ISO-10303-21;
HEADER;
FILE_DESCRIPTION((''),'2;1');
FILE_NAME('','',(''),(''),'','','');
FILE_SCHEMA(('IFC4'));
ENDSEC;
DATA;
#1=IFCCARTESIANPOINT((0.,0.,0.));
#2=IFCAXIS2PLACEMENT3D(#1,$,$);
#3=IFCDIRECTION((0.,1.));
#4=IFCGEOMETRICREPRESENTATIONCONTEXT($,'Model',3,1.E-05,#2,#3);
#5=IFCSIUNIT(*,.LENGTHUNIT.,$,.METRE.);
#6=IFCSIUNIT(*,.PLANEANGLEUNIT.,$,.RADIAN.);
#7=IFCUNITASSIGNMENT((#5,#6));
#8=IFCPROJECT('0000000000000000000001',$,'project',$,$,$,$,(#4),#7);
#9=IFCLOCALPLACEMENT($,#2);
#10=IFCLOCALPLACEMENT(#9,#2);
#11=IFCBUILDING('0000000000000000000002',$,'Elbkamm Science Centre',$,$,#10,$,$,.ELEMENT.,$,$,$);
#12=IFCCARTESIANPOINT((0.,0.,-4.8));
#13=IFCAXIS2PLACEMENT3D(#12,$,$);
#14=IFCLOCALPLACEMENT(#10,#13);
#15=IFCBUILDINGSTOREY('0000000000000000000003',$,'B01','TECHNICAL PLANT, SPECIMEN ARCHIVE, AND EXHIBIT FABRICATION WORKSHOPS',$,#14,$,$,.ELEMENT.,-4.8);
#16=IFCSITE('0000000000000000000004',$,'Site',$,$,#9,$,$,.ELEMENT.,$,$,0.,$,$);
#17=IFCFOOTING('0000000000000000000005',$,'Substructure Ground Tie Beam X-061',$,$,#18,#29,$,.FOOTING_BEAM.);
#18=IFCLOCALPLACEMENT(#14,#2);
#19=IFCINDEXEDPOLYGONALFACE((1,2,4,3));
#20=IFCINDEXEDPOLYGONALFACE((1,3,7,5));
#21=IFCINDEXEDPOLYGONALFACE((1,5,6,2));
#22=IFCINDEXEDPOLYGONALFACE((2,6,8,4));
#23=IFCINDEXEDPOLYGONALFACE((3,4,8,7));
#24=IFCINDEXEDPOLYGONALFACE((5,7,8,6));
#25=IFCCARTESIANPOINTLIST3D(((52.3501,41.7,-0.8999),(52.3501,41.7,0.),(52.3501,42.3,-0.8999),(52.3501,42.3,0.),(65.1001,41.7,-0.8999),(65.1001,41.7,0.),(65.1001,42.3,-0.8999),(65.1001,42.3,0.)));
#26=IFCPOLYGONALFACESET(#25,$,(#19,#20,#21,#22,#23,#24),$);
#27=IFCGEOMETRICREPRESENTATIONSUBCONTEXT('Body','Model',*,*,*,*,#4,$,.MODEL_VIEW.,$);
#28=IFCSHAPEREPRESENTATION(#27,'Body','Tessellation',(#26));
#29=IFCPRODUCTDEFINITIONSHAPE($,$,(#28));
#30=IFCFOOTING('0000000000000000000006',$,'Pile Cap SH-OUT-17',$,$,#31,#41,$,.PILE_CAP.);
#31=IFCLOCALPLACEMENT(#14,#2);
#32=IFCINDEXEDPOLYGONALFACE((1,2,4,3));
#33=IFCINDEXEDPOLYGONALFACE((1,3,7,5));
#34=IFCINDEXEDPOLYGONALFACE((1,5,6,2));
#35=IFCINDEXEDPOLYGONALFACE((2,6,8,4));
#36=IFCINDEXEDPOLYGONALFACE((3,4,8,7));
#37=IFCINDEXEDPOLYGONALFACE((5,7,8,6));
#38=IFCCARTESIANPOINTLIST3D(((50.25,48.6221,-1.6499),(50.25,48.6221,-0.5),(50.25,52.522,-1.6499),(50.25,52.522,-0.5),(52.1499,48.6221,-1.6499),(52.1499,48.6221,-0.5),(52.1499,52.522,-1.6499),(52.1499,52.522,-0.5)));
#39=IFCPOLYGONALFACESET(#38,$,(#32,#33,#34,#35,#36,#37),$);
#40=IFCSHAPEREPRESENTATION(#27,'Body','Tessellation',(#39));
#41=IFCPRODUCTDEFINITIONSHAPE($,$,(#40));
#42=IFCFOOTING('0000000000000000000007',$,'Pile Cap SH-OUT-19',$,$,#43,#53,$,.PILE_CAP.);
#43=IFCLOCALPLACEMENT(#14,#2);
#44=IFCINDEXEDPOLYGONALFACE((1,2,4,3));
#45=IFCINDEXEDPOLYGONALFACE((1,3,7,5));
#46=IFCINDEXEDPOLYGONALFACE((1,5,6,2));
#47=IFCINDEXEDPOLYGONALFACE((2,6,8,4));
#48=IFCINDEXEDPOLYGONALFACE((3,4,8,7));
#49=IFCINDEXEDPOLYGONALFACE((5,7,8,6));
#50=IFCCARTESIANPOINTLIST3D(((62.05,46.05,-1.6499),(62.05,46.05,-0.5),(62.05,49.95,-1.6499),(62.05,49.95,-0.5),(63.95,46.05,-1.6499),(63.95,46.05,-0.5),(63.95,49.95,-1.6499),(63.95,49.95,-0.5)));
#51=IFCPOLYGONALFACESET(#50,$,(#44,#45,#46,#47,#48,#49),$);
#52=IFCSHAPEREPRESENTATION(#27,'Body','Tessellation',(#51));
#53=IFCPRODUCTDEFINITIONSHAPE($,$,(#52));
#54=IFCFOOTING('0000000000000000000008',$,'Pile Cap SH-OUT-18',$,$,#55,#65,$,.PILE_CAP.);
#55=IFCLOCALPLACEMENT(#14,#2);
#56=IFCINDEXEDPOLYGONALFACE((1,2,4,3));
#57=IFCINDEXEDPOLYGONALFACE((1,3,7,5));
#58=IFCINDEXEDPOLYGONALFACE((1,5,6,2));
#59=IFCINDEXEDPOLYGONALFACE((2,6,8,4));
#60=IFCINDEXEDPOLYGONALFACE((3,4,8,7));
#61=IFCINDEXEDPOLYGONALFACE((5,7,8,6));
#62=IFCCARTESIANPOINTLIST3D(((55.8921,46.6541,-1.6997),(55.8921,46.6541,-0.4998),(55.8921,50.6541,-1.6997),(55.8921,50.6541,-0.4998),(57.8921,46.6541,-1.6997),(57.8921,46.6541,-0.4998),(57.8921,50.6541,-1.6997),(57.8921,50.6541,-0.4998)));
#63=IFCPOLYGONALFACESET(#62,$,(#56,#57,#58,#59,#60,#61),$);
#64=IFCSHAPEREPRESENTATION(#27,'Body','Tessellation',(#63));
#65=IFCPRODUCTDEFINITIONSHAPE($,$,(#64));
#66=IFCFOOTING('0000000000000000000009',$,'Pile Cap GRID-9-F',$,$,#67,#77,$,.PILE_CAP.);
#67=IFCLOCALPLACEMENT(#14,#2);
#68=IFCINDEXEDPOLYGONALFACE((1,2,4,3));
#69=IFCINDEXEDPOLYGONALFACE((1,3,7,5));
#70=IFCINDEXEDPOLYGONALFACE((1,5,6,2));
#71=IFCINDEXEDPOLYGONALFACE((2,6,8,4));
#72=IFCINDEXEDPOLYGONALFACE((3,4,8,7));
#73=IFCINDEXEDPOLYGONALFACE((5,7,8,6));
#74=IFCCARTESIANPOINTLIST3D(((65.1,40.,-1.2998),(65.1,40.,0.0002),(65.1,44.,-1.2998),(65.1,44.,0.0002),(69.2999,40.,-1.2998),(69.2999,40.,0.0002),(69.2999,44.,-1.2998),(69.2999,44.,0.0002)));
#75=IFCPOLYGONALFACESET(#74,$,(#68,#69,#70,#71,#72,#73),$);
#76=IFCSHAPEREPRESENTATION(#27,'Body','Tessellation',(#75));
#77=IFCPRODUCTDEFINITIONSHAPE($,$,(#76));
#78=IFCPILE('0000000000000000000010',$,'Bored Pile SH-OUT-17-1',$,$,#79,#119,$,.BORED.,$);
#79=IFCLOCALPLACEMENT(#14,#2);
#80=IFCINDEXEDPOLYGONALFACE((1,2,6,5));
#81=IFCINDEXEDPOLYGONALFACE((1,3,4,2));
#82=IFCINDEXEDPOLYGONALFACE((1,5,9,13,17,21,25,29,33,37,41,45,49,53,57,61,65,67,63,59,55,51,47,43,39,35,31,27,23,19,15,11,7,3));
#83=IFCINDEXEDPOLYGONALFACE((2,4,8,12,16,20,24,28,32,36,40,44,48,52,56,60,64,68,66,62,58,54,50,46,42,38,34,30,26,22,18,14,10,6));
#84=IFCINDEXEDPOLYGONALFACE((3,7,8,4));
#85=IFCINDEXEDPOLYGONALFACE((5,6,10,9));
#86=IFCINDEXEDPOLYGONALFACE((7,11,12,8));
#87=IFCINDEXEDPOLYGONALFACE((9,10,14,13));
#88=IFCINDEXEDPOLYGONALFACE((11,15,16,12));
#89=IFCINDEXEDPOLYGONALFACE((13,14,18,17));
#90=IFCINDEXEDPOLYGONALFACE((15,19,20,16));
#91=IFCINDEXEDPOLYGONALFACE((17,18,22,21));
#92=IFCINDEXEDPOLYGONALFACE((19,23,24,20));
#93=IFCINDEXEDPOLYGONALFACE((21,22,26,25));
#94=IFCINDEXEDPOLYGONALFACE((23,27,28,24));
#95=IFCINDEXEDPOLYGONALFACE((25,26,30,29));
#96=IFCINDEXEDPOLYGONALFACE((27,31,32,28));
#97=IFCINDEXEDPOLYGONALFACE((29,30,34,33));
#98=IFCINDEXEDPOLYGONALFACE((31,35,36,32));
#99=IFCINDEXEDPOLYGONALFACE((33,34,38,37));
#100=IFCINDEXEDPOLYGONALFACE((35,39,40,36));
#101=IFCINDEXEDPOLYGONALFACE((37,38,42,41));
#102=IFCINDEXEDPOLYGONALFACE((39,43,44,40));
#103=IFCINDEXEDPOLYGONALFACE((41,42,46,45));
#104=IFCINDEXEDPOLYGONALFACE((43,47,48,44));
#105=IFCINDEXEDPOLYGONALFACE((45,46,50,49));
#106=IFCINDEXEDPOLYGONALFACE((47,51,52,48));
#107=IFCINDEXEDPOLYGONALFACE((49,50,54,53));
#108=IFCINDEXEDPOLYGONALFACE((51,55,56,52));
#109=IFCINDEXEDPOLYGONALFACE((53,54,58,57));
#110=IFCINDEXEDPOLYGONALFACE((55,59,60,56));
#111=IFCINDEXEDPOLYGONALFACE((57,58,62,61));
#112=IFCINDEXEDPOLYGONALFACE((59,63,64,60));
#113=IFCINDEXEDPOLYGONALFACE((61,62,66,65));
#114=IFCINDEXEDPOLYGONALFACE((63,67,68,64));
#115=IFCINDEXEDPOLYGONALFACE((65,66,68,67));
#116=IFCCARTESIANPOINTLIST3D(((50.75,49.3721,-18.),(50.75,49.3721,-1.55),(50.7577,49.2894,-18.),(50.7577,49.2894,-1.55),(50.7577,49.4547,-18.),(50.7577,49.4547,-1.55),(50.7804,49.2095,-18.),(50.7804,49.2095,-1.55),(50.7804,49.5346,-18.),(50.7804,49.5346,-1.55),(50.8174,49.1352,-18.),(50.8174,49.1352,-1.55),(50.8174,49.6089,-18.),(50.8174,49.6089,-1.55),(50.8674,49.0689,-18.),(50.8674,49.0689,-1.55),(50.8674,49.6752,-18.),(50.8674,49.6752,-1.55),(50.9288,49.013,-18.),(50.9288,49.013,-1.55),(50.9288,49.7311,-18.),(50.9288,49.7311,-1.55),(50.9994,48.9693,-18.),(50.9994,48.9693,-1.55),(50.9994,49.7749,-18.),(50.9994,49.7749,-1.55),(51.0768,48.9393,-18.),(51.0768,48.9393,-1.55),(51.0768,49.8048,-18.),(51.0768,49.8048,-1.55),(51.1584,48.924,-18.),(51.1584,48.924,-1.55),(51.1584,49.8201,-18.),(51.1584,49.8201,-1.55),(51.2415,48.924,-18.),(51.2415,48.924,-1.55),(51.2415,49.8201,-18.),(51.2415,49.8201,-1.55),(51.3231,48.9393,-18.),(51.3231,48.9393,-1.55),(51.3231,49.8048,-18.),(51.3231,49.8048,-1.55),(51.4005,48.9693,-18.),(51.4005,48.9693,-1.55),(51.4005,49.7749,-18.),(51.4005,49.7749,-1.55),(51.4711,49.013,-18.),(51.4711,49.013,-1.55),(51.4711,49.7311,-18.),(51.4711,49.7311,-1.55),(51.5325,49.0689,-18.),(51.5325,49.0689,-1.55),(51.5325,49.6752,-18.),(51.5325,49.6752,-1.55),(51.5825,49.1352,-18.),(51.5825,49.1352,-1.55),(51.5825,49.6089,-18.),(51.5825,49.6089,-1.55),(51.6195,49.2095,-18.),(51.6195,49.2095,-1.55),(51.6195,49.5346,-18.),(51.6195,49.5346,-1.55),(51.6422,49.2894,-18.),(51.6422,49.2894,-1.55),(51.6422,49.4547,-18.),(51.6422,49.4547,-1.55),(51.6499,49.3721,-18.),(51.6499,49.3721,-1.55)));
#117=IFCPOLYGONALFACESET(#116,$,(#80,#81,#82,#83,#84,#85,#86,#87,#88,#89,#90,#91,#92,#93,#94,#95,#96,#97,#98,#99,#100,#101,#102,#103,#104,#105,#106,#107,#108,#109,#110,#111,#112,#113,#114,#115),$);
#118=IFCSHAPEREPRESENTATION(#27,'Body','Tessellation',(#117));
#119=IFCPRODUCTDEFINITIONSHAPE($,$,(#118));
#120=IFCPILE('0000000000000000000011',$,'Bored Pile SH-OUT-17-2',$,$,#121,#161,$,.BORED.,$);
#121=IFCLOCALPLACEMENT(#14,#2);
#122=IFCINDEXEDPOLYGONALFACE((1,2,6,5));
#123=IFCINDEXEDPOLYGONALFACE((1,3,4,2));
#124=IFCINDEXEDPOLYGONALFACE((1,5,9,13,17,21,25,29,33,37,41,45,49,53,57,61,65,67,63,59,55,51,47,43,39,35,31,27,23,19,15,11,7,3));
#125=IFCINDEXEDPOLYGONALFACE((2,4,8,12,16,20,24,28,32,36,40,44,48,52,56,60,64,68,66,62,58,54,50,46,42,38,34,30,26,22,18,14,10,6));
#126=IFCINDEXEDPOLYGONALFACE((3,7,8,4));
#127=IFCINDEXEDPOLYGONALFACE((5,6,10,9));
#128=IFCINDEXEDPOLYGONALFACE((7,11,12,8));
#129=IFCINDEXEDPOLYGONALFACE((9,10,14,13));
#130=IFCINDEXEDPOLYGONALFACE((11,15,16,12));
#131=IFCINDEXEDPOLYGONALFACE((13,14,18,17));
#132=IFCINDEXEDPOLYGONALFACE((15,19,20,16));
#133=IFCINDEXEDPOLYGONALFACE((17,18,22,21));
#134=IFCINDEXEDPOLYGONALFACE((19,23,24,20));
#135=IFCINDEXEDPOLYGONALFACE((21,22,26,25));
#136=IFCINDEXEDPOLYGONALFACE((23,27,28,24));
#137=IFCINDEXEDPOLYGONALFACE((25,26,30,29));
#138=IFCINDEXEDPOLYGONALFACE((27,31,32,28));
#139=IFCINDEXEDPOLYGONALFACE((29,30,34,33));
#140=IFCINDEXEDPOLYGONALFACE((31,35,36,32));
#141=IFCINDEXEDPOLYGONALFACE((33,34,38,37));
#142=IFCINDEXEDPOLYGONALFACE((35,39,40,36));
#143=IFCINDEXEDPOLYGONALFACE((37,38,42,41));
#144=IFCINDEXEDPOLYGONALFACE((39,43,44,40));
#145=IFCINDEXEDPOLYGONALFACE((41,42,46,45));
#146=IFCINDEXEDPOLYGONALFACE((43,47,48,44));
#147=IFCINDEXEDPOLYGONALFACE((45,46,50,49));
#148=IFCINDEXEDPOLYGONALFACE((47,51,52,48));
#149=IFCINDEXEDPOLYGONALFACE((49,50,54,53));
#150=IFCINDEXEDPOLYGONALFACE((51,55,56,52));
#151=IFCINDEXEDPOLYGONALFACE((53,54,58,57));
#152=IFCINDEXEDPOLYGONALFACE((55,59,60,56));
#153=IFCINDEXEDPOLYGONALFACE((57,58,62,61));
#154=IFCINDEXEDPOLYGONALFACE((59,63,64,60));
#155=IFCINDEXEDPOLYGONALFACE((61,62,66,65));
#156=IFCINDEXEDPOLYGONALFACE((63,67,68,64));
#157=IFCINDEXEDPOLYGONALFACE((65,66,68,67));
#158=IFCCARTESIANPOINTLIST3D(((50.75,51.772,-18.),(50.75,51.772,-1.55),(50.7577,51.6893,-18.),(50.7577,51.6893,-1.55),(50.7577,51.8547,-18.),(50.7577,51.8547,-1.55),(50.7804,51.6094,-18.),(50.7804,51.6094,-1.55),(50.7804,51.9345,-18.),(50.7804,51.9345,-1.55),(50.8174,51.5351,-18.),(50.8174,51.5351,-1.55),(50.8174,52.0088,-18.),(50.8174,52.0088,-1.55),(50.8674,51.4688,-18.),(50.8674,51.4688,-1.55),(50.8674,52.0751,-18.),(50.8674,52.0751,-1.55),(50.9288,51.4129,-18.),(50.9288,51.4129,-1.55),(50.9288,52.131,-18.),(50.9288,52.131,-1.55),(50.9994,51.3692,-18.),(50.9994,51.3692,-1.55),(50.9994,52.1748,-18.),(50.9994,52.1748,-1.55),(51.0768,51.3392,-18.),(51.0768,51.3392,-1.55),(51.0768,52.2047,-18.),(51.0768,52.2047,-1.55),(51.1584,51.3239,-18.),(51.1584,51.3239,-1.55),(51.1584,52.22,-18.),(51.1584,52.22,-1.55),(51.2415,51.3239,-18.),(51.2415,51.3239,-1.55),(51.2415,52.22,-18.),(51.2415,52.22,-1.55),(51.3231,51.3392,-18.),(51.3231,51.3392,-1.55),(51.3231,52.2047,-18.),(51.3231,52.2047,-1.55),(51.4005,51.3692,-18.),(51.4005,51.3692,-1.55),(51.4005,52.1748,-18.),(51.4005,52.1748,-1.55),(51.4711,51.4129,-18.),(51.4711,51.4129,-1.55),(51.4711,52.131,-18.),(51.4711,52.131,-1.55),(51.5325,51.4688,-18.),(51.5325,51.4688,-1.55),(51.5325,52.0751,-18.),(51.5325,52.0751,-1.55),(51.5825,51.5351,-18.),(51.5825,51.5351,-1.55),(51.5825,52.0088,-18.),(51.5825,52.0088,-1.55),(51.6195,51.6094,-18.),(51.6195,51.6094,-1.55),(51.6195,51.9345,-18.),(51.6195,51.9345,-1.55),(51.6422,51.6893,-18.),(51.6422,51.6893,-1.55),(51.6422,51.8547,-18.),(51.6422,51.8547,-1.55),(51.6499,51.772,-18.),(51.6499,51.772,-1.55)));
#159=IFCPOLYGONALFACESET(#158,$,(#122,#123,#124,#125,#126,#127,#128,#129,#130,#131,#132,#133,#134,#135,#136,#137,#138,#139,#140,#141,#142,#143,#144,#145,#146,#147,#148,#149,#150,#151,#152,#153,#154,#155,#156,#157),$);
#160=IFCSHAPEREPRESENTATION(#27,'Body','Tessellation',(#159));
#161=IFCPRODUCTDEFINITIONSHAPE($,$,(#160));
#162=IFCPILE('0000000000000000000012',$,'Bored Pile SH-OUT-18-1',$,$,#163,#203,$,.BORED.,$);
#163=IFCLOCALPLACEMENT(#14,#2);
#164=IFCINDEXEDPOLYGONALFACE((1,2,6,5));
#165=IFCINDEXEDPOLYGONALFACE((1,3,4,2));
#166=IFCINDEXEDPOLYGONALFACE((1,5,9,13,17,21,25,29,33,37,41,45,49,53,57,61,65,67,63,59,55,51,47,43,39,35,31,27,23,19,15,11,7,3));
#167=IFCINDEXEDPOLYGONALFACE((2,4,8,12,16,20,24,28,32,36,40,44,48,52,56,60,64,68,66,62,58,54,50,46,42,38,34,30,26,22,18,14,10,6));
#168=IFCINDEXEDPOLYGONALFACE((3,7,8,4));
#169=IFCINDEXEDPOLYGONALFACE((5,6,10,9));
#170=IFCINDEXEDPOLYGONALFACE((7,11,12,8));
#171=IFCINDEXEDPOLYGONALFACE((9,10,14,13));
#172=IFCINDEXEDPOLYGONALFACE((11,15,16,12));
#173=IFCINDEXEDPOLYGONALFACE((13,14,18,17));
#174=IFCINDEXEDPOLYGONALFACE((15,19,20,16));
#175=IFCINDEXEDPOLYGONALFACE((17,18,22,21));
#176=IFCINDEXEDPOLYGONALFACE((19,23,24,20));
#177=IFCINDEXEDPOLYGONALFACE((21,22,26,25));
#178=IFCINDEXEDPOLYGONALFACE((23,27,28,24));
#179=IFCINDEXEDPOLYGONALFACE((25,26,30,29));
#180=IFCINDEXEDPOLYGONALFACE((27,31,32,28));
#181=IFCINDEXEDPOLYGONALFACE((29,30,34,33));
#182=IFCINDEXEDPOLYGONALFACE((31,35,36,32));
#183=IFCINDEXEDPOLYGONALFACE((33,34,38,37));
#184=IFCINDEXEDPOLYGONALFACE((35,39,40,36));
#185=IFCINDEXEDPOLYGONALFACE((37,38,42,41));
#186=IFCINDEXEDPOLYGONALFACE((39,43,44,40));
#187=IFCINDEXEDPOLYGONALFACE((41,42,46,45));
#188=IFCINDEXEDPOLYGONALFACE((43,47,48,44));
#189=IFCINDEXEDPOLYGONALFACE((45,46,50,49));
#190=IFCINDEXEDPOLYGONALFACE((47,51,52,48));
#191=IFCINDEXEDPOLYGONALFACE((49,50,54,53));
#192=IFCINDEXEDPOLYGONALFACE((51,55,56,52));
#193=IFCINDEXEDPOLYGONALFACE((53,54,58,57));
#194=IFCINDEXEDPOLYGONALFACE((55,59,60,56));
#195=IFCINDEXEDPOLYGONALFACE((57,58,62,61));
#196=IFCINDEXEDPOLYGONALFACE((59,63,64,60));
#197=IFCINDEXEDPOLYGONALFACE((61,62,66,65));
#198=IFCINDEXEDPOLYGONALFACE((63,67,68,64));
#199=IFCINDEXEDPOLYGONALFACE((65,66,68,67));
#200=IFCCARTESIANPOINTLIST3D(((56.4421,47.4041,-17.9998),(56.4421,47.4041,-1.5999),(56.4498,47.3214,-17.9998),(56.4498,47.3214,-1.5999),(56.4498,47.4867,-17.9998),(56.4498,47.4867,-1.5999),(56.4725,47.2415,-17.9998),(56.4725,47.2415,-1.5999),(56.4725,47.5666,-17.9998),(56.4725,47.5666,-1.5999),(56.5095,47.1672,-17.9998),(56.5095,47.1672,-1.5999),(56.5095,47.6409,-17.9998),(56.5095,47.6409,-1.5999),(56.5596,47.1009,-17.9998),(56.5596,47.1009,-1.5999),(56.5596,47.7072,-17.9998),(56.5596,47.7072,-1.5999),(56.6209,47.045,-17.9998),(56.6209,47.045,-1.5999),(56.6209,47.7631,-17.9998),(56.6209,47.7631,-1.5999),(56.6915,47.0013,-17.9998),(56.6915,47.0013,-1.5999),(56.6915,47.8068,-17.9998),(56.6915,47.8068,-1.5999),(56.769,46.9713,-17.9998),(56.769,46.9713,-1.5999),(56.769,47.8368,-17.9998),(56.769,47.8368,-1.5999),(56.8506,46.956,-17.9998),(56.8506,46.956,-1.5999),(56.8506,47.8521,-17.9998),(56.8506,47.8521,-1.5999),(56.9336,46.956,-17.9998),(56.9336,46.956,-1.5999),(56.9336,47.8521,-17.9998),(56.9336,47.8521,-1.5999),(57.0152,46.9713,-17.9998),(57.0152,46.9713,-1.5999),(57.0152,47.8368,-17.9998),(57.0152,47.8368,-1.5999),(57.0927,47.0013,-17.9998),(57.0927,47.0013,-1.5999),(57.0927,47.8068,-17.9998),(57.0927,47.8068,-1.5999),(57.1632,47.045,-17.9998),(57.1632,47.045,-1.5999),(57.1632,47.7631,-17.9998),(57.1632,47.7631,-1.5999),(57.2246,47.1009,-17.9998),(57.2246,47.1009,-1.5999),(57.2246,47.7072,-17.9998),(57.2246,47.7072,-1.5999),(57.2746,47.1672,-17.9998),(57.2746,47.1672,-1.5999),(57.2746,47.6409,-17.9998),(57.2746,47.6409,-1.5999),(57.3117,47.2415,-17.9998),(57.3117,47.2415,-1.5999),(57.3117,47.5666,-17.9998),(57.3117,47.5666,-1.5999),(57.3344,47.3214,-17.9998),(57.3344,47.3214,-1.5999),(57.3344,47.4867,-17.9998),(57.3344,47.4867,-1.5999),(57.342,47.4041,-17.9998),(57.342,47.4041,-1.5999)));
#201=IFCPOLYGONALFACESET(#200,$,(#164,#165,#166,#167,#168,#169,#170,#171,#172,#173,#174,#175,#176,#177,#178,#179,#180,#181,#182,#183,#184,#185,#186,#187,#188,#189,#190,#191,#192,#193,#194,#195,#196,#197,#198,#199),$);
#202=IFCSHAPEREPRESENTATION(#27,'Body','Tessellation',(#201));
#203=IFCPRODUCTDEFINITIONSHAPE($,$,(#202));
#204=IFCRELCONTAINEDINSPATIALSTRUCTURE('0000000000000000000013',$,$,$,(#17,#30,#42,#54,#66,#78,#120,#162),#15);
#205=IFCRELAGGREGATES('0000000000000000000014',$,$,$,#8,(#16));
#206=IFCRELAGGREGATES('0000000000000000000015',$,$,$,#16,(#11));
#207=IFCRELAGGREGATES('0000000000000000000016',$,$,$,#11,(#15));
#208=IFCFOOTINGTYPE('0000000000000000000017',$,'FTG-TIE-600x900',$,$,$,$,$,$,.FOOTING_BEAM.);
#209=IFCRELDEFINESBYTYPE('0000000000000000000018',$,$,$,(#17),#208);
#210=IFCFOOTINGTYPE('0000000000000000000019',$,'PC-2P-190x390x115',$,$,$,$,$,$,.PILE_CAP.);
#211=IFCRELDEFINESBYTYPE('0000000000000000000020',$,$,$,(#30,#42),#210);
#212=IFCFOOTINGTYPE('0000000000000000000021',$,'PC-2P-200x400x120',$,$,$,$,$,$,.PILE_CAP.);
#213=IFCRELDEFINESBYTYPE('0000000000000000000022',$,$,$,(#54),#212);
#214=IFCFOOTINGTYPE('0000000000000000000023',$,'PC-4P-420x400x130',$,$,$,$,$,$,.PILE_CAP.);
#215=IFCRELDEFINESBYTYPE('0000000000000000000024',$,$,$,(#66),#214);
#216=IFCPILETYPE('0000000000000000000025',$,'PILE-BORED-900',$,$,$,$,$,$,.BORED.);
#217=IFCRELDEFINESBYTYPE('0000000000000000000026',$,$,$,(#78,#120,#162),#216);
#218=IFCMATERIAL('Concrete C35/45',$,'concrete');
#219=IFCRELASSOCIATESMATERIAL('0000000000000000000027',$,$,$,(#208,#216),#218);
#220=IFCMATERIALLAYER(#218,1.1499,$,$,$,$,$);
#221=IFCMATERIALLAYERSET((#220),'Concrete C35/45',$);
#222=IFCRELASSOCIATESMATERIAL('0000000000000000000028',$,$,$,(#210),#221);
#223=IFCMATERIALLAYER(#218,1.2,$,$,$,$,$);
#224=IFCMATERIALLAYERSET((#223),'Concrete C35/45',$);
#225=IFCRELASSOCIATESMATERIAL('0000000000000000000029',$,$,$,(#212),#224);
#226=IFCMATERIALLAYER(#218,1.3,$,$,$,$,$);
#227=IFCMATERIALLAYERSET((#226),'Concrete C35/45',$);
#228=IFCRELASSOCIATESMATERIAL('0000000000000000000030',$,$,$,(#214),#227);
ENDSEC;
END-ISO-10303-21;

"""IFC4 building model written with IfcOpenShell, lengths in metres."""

from ifc_helpers import new_model, si_unit, direction, frame, origin, origin_2d, place, context, subcontext, project, spatial, rectangle, circle, extrude, material, layer, layer_set, material_profile, profile_set, type_object, element, save


model = new_model("IFC4")

# Units and contexts
model_context = context("Model", 3, precision=1e-05, world=origin(), true_north=direction((0.0, 1.0)))
body_context = subcontext(model_context, "Body", "Model", "MODEL_VIEW")
ifc_project = project(units=[si_unit("LENGTHUNIT", "METRE"), si_unit("PLANEANGLEUNIT", "RADIAN")], contexts=[model_context])

# Site, building, storey
site_placement = place(None, origin())
site = spatial("IfcSite", under=ifc_project, at=site_placement, Name="Site", CompositionType="ELEMENT", RefElevation=0.0)
building_placement = place(site_placement, origin())
building = spatial("IfcBuilding", under=site, at=building_placement, Name="Elbkamm Science Centre", CompositionType="ELEMENT")
storey_placement = place(building_placement, frame((0.0, 0.0, -4.8)))
storey = spatial("IfcBuildingStorey", under=building, at=storey_placement, Name="B01", Description="TECHNICAL PLANT, SPECIMEN ARCHIVE, AND EXHIBIT FABRICATION WORKSHOPS", CompositionType="ELEMENT", Elevation=-4.8)

# Footings
ifc_material_1 = material(Name="Concrete C35/45", Category="concrete")
footing_type_1 = type_object("IfcFootingType", Name="FTG-TIE-600x900", PredefinedType="FOOTING_BEAM", material=ifc_material_1)
footing_1_placement = place(storey_placement, frame((58.7251, 42.0, -0.8999), z_axis=(0.0, 0.0, 1.0), x_axis=(1.0, 0.0, 0.0)))
element("IfcFooting", 1, at=footing_1_placement, inside=storey, type_object=footing_type_1, Name="Substructure Ground Tie Beam X-061", PredefinedType="FOOTING_BEAM", context=body_context, shape_type="SweptSolid", body=[
    extrude(rectangle(XDim=12.75, YDim=0.6001, at=origin_2d()), origin(), (0.0, 0.0, 1.0), 0.8999),
])
ifc_layer_1 = layer(ifc_material_1, 1.1499)
ifc_layer_set_1 = layer_set([ifc_layer_1], Name="Concrete C35/45")
footing_type_2 = type_object("IfcFootingType", Name="PC-2P-190x390x115", PredefinedType="PILE_CAP", material=ifc_layer_set_1)
for number, where, z_axis, x_axis, name in (
    (2, (51.2, 50.572, -1.6499), (0.0, 0.0, 1.0), (1.0, 0.0, 0.0), "Pile Cap SH-OUT-17"),
    (3, (63.0, 48.0, -1.6499), (0.0, 0.0, 1.0), (1.0, 0.0, 0.0), "Pile Cap SH-OUT-19"),
):
    element("IfcFooting", number, at=place(storey_placement, frame(where, z_axis=z_axis, x_axis=x_axis)), inside=storey, type_object=footing_type_2, Name=name, PredefinedType="PILE_CAP", context=body_context, shape_type="SweptSolid", body=[
        extrude(rectangle(XDim=1.8999, YDim=3.8999, at=origin_2d()), origin(), (0.0, 0.0, 1.0), 1.1499),
    ])
ifc_layer_2 = layer(ifc_material_1, 1.2)
ifc_layer_set_2 = layer_set([ifc_layer_2], Name="Concrete C35/45")
footing_type_3 = type_object("IfcFootingType", Name="PC-2P-200x400x120", PredefinedType="PILE_CAP", material=ifc_layer_set_2)
footing_2_placement = place(storey_placement, frame((56.8921, 48.6541, -1.6997), z_axis=(0.0, 0.0, 1.0), x_axis=(1.0, 0.0, 0.0)))
element("IfcFooting", 4, at=footing_2_placement, inside=storey, type_object=footing_type_3, Name="Pile Cap SH-OUT-18", PredefinedType="PILE_CAP", context=body_context, shape_type="SweptSolid", body=[
    extrude(rectangle(XDim=2.0, YDim=4.0, at=origin_2d()), origin(), (0.0, 0.0, 1.0), 1.2),
])
ifc_layer_3 = layer(ifc_material_1, 1.3)
ifc_layer_set_3 = layer_set([ifc_layer_3], Name="Concrete C35/45")
footing_type_4 = type_object("IfcFootingType", Name="PC-4P-420x400x130", PredefinedType="PILE_CAP", material=ifc_layer_set_3)
footing_3_placement = place(storey_placement, frame((67.2, 42.0, -1.2998), z_axis=(0.0, 0.0, 1.0), x_axis=(1.0, 0.0, 0.0)))
element("IfcFooting", 5, at=footing_3_placement, inside=storey, type_object=footing_type_4, Name="Pile Cap GRID-9-F", PredefinedType="PILE_CAP", context=body_context, shape_type="SweptSolid", body=[
    extrude(rectangle(XDim=4.2, YDim=4.0, at=origin_2d()), origin(), (0.0, 0.0, 1.0), 1.3),
])

# Piles
ifc_material_profile_1 = material_profile(ifc_material_1, circle(Radius=0.45, at=origin_2d()), Name="PILE D900")
ifc_profile_set_1 = profile_set([ifc_material_profile_1], Name="Concrete C35/45")
pile_type = type_object("IfcPileType", Name="PILE-BORED-900", PredefinedType="BORED", material=ifc_profile_set_1)
for number, where, z_axis, x_axis, name in (
    (6, (51.2, 49.3721, -1.55), (0.0, 0.0, -1.0), (1.0, 0.0, 0.0), "Bored Pile SH-OUT-17-1"),
    (7, (51.2, 51.772, -1.55), (0.0, 0.0, -1.0), (1.0, 0.0, 0.0), "Bored Pile SH-OUT-17-2"),
):
    element("IfcPile", number, at=place(storey_placement, frame(where, z_axis=z_axis, x_axis=x_axis)), inside=storey, type_object=pile_type, Name=name, PredefinedType="BORED", context=body_context, shape_type="SweptSolid", body=[
        extrude(circle(Radius=0.45, at=origin_2d()), origin(), (0.0, 0.0, 1.0), 16.45),
    ])
for number, where, z_axis, x_axis, name in (
    (8, (56.8921, 47.4041, -1.5999), (0.0, 0.0, -1.0), (1.0, 0.0, 0.0), "Bored Pile SH-OUT-18-1"),
):
    element("IfcPile", number, at=place(storey_placement, frame(where, z_axis=z_axis, x_axis=x_axis)), inside=storey, type_object=pile_type, Name=name, PredefinedType="BORED", context=body_context, shape_type="SweptSolid", body=[
        extrude(circle(Radius=0.45, at=origin_2d()), origin(), (0.0, 0.0, 1.0), 16.3999),
    ])

save(model, "model.ifc")
